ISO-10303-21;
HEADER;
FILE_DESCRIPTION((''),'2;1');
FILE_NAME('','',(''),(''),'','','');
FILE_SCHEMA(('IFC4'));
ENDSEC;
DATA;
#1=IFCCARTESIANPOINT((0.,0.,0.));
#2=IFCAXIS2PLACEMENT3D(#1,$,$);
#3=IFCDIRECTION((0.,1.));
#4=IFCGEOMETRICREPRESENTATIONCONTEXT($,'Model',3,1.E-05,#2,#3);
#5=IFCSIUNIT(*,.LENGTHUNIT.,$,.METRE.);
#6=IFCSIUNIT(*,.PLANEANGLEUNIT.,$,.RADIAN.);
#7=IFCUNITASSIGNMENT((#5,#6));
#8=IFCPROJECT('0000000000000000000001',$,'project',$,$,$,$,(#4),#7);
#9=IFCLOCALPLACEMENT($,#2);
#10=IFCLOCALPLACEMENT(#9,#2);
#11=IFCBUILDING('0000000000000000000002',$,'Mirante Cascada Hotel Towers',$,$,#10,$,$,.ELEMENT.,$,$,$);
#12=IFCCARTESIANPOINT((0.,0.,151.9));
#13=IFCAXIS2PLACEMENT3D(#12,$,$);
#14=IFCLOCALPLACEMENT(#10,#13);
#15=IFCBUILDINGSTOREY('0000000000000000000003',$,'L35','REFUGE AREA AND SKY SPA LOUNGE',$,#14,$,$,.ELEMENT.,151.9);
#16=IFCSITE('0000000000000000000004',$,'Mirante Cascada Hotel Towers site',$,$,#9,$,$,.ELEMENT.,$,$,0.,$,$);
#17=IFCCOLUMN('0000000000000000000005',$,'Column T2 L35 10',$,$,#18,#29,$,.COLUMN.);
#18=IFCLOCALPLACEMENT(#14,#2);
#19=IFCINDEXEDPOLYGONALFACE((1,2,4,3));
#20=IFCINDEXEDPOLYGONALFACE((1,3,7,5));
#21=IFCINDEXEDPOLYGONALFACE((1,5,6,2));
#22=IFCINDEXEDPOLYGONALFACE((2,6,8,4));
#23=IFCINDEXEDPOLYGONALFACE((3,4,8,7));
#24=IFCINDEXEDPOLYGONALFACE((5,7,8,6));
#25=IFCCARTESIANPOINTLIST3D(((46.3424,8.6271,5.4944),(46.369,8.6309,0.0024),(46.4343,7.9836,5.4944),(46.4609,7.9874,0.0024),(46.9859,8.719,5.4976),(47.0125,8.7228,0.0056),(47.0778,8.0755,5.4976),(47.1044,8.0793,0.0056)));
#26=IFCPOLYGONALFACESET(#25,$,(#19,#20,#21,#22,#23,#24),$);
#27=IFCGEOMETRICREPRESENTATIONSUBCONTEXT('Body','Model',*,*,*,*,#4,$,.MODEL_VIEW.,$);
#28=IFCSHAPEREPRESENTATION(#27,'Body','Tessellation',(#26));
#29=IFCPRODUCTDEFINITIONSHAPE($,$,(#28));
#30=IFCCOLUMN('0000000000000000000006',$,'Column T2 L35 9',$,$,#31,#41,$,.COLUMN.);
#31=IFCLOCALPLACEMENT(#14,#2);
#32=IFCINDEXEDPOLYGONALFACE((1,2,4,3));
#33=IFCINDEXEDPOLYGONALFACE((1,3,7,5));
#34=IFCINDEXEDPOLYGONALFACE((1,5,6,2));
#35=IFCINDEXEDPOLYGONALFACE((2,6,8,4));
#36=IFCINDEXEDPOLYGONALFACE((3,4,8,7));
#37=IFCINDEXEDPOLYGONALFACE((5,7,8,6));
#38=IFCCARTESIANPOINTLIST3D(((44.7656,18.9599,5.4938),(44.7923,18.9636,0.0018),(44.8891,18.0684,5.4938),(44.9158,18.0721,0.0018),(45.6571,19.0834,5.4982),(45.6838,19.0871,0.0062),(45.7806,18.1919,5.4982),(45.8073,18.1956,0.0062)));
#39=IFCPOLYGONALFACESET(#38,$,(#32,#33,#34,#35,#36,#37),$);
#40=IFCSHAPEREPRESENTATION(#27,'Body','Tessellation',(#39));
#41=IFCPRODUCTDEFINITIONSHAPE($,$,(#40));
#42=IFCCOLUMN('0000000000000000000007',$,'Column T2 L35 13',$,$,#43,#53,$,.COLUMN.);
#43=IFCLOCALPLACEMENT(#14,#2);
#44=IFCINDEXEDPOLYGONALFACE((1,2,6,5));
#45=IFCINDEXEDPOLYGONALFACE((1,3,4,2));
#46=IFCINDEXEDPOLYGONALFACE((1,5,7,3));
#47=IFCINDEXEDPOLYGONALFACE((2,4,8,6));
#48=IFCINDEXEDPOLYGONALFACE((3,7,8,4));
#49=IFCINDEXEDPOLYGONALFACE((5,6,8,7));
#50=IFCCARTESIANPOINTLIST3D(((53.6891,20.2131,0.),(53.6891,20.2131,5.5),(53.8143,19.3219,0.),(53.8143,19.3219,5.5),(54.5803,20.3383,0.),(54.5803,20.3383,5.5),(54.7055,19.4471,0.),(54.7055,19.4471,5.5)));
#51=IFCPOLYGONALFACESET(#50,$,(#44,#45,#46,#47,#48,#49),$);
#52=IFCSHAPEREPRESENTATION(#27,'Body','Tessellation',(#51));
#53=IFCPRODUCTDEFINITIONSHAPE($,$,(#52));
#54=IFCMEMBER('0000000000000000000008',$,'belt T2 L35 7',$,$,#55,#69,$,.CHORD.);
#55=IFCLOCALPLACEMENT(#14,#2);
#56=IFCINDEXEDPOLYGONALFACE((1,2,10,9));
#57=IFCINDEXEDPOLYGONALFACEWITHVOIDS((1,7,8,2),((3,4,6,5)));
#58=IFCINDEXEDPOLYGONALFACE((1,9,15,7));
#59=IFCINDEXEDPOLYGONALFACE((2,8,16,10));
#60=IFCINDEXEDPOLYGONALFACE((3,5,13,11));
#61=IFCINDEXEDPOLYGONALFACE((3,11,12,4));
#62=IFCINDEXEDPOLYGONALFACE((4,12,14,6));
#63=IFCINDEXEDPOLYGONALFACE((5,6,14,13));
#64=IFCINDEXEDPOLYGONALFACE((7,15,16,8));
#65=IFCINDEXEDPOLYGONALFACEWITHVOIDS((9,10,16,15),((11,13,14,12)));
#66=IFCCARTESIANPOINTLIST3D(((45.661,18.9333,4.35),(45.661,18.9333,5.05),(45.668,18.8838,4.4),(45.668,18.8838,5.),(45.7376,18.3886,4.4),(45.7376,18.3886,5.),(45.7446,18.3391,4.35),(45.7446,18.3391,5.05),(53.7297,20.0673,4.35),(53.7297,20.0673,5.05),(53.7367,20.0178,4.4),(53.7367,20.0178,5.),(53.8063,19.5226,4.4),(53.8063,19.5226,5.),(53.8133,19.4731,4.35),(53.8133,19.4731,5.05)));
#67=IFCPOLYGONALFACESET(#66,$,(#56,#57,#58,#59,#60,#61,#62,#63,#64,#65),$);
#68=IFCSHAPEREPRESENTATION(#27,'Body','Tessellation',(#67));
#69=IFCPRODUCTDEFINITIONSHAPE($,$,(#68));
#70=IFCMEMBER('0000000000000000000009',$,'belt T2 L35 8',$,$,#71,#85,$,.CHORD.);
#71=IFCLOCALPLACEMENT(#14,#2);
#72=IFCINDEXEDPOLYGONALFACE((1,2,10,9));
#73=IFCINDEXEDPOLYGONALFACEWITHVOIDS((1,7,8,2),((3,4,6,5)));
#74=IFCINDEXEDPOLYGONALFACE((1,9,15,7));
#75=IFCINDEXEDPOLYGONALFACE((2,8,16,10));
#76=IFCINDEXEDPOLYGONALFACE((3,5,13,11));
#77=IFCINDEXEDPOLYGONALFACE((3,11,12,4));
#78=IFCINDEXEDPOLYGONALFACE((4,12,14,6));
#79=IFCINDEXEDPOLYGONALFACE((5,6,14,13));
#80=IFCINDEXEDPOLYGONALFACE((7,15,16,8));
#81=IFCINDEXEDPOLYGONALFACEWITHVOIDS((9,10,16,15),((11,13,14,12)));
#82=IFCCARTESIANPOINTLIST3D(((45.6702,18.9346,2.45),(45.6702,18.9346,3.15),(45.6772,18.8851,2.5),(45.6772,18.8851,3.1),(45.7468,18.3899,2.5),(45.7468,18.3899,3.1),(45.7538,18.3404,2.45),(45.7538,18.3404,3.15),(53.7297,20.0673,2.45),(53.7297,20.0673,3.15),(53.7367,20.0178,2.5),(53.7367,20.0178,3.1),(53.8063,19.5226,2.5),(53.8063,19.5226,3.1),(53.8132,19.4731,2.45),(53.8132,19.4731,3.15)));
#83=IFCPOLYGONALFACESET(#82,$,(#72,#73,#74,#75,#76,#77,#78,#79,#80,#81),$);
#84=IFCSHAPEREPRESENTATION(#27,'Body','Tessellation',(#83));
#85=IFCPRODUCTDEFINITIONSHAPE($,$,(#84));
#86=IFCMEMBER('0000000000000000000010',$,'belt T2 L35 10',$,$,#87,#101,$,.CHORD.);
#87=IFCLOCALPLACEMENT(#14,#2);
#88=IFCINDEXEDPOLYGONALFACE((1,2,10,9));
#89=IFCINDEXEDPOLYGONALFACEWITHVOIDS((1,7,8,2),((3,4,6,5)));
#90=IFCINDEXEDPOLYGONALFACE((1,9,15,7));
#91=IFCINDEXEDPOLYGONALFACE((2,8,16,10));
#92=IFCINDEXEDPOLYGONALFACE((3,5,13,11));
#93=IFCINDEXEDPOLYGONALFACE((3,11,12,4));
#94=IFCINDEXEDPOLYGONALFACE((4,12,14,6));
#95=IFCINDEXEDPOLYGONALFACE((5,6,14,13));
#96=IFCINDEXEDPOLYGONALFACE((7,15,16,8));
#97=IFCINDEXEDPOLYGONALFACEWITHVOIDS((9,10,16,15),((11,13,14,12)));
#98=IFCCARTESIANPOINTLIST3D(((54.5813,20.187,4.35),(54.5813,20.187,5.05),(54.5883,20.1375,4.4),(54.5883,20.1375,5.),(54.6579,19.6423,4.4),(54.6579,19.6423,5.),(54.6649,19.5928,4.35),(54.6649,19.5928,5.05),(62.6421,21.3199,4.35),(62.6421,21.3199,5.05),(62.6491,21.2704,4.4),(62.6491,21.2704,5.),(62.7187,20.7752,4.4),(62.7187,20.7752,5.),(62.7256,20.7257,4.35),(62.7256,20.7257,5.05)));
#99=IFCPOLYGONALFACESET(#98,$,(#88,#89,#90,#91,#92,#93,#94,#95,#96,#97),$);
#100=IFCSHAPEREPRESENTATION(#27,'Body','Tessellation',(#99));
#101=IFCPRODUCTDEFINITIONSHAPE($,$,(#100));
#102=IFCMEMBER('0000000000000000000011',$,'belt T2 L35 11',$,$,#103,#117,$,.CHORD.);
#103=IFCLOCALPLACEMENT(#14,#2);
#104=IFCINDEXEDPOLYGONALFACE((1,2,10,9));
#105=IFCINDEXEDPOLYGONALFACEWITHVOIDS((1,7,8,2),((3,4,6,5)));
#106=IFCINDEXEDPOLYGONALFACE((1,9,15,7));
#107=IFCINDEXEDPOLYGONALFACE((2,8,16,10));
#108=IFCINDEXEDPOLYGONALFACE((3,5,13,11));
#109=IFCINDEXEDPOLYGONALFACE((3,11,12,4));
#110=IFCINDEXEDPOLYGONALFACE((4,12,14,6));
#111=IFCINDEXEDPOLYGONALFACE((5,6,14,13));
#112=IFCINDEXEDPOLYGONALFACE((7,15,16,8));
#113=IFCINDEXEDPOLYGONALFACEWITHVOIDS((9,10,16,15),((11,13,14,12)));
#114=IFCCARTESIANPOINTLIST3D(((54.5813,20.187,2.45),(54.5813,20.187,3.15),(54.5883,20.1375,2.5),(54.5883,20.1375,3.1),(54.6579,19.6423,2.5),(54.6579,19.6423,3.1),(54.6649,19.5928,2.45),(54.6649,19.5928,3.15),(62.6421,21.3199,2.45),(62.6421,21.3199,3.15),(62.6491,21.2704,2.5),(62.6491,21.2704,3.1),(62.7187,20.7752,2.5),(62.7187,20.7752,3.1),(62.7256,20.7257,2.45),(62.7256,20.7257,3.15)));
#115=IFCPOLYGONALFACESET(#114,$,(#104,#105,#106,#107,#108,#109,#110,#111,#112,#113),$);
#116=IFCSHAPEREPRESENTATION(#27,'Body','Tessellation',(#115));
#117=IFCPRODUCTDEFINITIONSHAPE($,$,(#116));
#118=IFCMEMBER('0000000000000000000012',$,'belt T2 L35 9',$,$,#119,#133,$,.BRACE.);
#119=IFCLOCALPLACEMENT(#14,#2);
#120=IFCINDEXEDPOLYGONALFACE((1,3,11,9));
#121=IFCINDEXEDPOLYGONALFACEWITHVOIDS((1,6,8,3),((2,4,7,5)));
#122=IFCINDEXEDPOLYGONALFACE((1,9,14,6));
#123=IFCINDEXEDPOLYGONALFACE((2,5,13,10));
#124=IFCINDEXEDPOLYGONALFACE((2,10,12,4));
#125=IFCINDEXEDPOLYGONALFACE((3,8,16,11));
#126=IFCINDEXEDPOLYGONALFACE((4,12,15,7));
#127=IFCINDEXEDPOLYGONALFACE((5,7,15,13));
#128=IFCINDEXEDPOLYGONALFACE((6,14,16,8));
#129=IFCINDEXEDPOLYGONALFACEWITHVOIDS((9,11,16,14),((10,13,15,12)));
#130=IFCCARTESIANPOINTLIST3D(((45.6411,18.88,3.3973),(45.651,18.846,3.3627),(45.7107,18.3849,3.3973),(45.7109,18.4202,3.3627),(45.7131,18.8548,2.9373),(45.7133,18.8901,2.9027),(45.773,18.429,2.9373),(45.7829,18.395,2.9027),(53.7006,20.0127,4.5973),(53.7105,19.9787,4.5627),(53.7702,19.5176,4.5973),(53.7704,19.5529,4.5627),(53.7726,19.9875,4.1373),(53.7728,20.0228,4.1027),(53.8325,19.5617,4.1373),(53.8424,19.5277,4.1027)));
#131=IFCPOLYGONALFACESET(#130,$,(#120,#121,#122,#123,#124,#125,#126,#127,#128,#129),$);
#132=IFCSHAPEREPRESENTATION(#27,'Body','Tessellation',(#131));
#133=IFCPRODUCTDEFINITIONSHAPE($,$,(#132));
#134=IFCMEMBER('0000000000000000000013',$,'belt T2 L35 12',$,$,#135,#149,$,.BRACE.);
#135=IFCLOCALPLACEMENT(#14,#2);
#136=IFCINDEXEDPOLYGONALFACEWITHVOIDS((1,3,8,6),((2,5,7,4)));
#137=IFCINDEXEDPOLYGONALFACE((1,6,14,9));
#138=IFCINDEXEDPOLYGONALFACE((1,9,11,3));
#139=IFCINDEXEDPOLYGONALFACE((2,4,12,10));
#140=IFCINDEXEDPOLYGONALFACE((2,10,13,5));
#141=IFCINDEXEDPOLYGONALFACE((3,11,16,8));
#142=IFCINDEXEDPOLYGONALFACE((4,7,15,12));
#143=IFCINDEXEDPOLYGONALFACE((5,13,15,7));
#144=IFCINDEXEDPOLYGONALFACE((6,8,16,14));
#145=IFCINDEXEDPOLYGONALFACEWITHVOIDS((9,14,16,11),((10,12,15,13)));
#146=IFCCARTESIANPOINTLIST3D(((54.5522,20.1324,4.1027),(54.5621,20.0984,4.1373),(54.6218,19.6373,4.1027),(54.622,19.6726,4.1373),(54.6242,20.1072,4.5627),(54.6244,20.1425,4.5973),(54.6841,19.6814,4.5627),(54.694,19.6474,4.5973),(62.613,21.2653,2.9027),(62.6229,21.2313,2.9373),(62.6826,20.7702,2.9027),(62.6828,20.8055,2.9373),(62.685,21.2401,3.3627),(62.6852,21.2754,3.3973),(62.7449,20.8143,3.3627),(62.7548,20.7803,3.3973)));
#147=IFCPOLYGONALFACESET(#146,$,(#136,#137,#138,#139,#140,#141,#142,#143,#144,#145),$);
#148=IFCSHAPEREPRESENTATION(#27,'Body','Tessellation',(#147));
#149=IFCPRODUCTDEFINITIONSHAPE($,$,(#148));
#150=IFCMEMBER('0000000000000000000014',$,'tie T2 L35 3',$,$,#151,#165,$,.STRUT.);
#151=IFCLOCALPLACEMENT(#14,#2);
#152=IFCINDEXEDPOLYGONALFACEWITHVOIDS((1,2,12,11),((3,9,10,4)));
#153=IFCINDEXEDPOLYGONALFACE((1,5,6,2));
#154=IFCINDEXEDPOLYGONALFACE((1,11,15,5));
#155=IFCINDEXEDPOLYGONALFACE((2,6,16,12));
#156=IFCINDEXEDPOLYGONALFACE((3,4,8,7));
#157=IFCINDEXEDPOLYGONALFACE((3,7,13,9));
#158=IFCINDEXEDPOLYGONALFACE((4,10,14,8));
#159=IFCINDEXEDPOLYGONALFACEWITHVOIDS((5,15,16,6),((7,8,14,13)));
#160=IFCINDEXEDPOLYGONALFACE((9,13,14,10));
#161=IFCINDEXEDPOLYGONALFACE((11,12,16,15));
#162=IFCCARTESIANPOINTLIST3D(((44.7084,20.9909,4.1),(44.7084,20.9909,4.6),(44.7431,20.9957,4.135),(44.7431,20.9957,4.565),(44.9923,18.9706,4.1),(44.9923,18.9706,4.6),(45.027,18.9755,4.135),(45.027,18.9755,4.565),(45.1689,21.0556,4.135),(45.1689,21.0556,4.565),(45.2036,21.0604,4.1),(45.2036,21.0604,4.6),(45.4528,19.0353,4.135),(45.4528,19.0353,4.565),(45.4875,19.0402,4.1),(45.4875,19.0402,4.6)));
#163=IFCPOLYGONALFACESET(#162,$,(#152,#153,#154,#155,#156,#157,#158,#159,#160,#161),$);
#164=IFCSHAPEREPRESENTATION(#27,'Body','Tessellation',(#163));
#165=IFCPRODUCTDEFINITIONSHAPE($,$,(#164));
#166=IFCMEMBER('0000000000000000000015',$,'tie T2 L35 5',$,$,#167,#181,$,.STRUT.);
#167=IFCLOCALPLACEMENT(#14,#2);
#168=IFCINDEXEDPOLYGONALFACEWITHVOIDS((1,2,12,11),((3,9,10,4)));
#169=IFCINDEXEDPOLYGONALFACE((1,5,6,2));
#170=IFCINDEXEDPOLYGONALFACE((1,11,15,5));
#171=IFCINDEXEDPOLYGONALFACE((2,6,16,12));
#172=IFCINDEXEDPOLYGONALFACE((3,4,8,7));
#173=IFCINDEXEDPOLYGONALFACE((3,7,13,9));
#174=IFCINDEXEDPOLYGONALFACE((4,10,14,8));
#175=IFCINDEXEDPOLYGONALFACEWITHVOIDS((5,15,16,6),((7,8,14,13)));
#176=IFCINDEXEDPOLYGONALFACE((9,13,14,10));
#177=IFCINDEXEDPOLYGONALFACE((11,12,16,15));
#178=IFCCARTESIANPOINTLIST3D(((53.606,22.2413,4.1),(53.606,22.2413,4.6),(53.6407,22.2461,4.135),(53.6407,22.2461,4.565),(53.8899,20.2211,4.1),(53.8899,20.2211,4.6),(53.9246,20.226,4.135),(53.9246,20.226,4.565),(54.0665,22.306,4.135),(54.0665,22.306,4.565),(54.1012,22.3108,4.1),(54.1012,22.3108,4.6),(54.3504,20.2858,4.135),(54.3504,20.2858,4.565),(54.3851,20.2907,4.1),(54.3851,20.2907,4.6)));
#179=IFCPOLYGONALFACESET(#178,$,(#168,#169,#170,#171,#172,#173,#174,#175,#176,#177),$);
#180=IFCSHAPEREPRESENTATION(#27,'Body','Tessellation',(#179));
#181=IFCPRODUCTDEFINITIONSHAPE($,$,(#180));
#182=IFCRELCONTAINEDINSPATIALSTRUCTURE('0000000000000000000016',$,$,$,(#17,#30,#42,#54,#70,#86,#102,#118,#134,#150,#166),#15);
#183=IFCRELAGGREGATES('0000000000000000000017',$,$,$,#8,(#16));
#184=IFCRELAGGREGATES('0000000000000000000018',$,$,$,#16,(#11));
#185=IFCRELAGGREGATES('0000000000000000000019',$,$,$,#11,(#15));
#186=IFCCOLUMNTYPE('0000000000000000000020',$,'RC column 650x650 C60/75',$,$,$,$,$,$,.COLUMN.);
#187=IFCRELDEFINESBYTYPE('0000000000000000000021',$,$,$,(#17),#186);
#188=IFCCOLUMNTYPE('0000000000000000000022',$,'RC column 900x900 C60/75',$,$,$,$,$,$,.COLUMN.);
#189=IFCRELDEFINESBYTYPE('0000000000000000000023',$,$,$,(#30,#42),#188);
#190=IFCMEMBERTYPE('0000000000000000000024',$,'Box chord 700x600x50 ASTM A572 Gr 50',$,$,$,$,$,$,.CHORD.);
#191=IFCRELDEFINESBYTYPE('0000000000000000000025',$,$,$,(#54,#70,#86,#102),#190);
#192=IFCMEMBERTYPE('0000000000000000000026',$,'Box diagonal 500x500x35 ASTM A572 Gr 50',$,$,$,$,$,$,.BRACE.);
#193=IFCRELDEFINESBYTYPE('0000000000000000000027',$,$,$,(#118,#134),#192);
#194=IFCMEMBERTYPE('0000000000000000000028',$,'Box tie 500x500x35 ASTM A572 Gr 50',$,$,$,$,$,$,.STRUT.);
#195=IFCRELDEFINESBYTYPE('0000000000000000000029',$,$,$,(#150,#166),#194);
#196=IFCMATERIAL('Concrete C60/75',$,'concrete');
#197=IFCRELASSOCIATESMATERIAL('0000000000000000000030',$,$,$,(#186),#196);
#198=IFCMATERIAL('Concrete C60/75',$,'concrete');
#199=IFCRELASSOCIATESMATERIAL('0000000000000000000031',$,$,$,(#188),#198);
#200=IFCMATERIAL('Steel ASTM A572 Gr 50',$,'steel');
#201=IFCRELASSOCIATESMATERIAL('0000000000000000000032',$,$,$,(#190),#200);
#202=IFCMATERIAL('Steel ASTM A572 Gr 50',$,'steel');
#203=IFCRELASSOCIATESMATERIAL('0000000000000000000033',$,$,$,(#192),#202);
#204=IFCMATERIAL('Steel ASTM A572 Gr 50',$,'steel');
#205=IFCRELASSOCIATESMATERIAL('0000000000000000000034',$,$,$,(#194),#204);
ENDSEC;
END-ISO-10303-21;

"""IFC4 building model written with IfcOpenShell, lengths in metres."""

from ifc_helpers import new_model, si_unit, direction, frame, origin, origin_2d, place, context, subcontext, project, spatial, rectangle, hollow_rectangle, extrude, material, material_profile, profile_set, type_object, element, save


model = new_model("IFC4")

# Units and contexts
model_context = context("Model", 3, precision=1e-05, world=origin(), true_north=direction((0.0, 1.0)))
body_context = subcontext(model_context, "Body", "Model", "MODEL_VIEW")
ifc_project = project(units=[si_unit("LENGTHUNIT", "METRE"), si_unit("PLANEANGLEUNIT", "RADIAN")], contexts=[model_context])

# Site, building, storey
site_placement = place(None, origin())
site = spatial("IfcSite", under=ifc_project, at=site_placement, Name="Mirante Cascada Hotel Towers site", CompositionType="ELEMENT", RefElevation=0.0)
building_placement = place(site_placement, origin())
building = spatial("IfcBuilding", under=site, at=building_placement, Name="Mirante Cascada Hotel Towers", CompositionType="ELEMENT")
storey_placement = place(building_placement, frame((0.0, 0.0, 151.9)))
storey = spatial("IfcBuildingStorey", under=building, at=storey_placement, Name="L35", Description="REFUGE AREA AND SKY SPA LOUNGE", CompositionType="ELEMENT", Elevation=151.9)

# Columns
ifc_material_1 = material(Name="Concrete C60/75", Category="concrete")
ifc_material_profile_1 = material_profile(ifc_material_1, rectangle(XDim=0.65, YDim=0.65, at=origin_2d()), Name="RC column 650x650 C60/75")
ifc_profile_set_1 = profile_set([ifc_material_profile_1], Name="Concrete C60/75")
column_type_1 = type_object("IfcColumnType", Name="RC column 650x650 C60/75", PredefinedType="COLUMN", material=ifc_profile_set_1)
column_1_placement = place(storey_placement, frame((46.7367, 8.3551, 0.004), z_axis=(-0.004843, -0.000692, 0.999988), x_axis=(0.141421, -0.98995, 0.0)))
element("IfcColumn", 1, at=column_1_placement, inside=storey, type_object=column_type_1, Name="Column T2 L35 10", PredefinedType="COLUMN", context=body_context, shape_type="SweptSolid", body=[
    extrude(rectangle(XDim=0.65, YDim=0.65, at=origin_2d()), origin(), (0.0, 0.0, 1.0), 5.4921),
])
ifc_material_2 = material(Name="Concrete C60/75", Category="concrete")
ifc_material_profile_2 = material_profile(ifc_material_2, rectangle(XDim=0.9, YDim=0.9, at=origin_2d()), Name="RC column 900x900 C60/75")
ifc_profile_set_2 = profile_set([ifc_material_profile_2], Name="Concrete C60/75")
column_type_2 = type_object("IfcColumnType", Name="RC column 900x900 C60/75", PredefinedType="COLUMN", material=ifc_profile_set_2)
column_2_placement = place(storey_placement, frame((45.2998, 18.5796, 0.004), z_axis=(-0.004862, -0.000674, 0.999988), x_axis=(0.137265, -0.990534, 0.0)))
element("IfcColumn", 2, at=column_2_placement, inside=storey, type_object=column_type_2, Name="Column T2 L35 9", PredefinedType="COLUMN", context=body_context, shape_type="SweptSolid", body=[
    extrude(rectangle(XDim=0.9, YDim=0.9, at=origin_2d()), origin(), (0.0, 0.0, 1.0), 5.4921),
])
column_3_placement = place(storey_placement, frame((54.1973, 19.8301, 0.0), z_axis=(0.0, 0.0, 1.0), x_axis=(0.990268, 0.139173, 0.0)))
element("IfcColumn", 3, at=column_3_placement, inside=storey, type_object=column_type_2, Name="Column T2 L35 13", PredefinedType="COLUMN", context=body_context, shape_type="SweptSolid", body=[
    extrude(rectangle(XDim=0.9, YDim=0.9, at=origin_2d()), origin(), (0.0, 0.0, 1.0), 5.5),
])

# Members
ifc_material_3 = material(Name="Steel ASTM A572 Gr 50", Category="steel")
ifc_material_profile_3 = material_profile(ifc_material_3, hollow_rectangle(XDim=0.6, YDim=0.7, WallThickness=0.05, at=origin_2d()), Name="Box chord 700x600x50 ASTM A572 Gr 50")
ifc_profile_set_3 = profile_set([ifc_material_profile_3], Name="Steel ASTM A572 Gr 50")
member_type_1 = type_object("IfcMemberType", Name="Box chord 700x600x50 ASTM A572 Gr 50", PredefinedType="CHORD", material=ifc_profile_set_3)
member_1_placement = place(storey_placement, frame((45.7028, 18.6362, 4.7), z_axis=(0.990268, 0.139175, 0.0), x_axis=(-0.139175, 0.990268, 0.0)))
element("IfcMember", 4, at=member_1_placement, inside=storey, type_object=member_type_1, Name="belt T2 L35 7", PredefinedType="CHORD", context=body_context, shape_type="SweptSolid", body=[
    extrude(hollow_rectangle(XDim=0.6, YDim=0.7, WallThickness=0.05, at=origin_2d()), origin(), (0.0, 0.0, 1.0), 8.148),
])
member_2_placement = place(storey_placement, frame((45.712, 18.6375, 2.8), z_axis=(0.990268, 0.139174, 0.0), x_axis=(-0.139174, 0.990268, 0.0)))
element("IfcMember", 5, at=member_2_placement, inside=storey, type_object=member_type_1, Name="belt T2 L35 8", PredefinedType="CHORD", context=body_context, shape_type="SweptSolid", body=[
    extrude(hollow_rectangle(XDim=0.6, YDim=0.7, WallThickness=0.05, at=origin_2d()), origin(), (0.0, 0.0, 1.0), 8.1387),
])
for number, where, z_axis, x_axis, name in (
    (6, (54.6231, 19.8899, 4.7), (0.990268, 0.139177, 0.0), (-0.139177, 0.990268, 0.0), "belt T2 L35 10"),
    (7, (54.6231, 19.8899, 2.8), (0.990268, 0.139177, 0.0), (-0.139177, 0.990268, 0.0), "belt T2 L35 11"),
):
    element("IfcMember", number, at=place(storey_placement, frame(where, z_axis=z_axis, x_axis=x_axis)), inside=storey, type_object=member_type_1, Name=name, PredefinedType="CHORD", context=body_context, shape_type="SweptSolid", body=[
        extrude(hollow_rectangle(XDim=0.6, YDim=0.7, WallThickness=0.05, at=origin_2d()), origin(), (0.0, 0.0, 1.0), 8.14),
    ])
ifc_material_4 = material(Name="Steel ASTM A572 Gr 50", Category="steel")
ifc_material_profile_4 = material_profile(ifc_material_4, hollow_rectangle(XDim=0.5, YDim=0.5, WallThickness=0.035, at=origin_2d()), Name="Box diagonal 500x500x35 ASTM A572 Gr 50")
ifc_profile_set_4 = profile_set([ifc_material_profile_4], Name="Steel ASTM A572 Gr 50")
member_type_2 = type_object("IfcMemberType", Name="Box diagonal 500x500x35 ASTM A572 Gr 50", PredefinedType="BRACE", material=ifc_profile_set_4)
member_3_placement = place(storey_placement, frame((45.712, 18.6375, 3.15), z_axis=(0.979676, 0.137686, 0.145867), x_axis=(-0.139174, 0.990268, 0.0)))
element("IfcMember", 8, at=member_3_placement, inside=storey, type_object=member_type_2, Name="belt T2 L35 9", PredefinedType="BRACE", context=body_context, shape_type="SweptSolid", body=[
    extrude(hollow_rectangle(XDim=0.5, YDim=0.5, WallThickness=0.035, at=origin_2d()), origin(), (0.0, 0.0, 1.0), 8.2267),
])
member_4_placement = place(storey_placement, frame((54.6231, 19.8899, 4.35), z_axis=(0.979679, 0.137688, -0.145843), x_axis=(-0.139177, 0.990268, 0.0)))
element("IfcMember", 9, at=member_4_placement, inside=storey, type_object=member_type_2, Name="belt T2 L35 12", PredefinedType="BRACE", context=body_context, shape_type="SweptSolid", body=[
    extrude(hollow_rectangle(XDim=0.5, YDim=0.5, WallThickness=0.035, at=origin_2d()), origin(), (0.0, 0.0, 1.0), 8.228),
])
ifc_material_5 = material(Name="Steel ASTM A572 Gr 50", Category="steel")
ifc_material_profile_5 = material_profile(ifc_material_5, hollow_rectangle(XDim=0.5, YDim=0.5, WallThickness=0.035, at=origin_2d()), Name="Box tie 500x500x35 ASTM A572 Gr 50")
ifc_profile_set_5 = profile_set([ifc_material_profile_5], Name="Steel ASTM A572 Gr 50")
member_type_3 = type_object("IfcMemberType", Name="Box tie 500x500x35 ASTM A572 Gr 50", PredefinedType="STRUT", material=ifc_profile_set_5)
member_5_placement = place(storey_placement, frame((45.2399, 19.0054, 4.35), z_axis=(-0.139163, 0.99027, 0.0), x_axis=(-0.99027, -0.139163, 0.0)))
element("IfcMember", 10, at=member_5_placement, inside=storey, type_object=member_type_3, Name="tie T2 L35 3", PredefinedType="STRUT", context=body_context, shape_type="SweptSolid", body=[
    extrude(hollow_rectangle(XDim=0.5, YDim=0.5, WallThickness=0.035, at=origin_2d()), origin(), (0.0, 0.0, 1.0), 2.0401),
])
member_6_placement = place(storey_placement, frame((54.1375, 20.2559, 4.35), z_axis=(-0.13917, 0.990268, 0.0), x_axis=(-0.990268, -0.13917, 0.0)))
element("IfcMember", 11, at=member_6_placement, inside=storey, type_object=member_type_3, Name="tie T2 L35 5", PredefinedType="STRUT", context=body_context, shape_type="SweptSolid", body=[
    extrude(hollow_rectangle(XDim=0.5, YDim=0.5, WallThickness=0.035, at=origin_2d()), origin(), (0.0, 0.0, 1.0), 2.04),
])

save(model, "model.ifc")
